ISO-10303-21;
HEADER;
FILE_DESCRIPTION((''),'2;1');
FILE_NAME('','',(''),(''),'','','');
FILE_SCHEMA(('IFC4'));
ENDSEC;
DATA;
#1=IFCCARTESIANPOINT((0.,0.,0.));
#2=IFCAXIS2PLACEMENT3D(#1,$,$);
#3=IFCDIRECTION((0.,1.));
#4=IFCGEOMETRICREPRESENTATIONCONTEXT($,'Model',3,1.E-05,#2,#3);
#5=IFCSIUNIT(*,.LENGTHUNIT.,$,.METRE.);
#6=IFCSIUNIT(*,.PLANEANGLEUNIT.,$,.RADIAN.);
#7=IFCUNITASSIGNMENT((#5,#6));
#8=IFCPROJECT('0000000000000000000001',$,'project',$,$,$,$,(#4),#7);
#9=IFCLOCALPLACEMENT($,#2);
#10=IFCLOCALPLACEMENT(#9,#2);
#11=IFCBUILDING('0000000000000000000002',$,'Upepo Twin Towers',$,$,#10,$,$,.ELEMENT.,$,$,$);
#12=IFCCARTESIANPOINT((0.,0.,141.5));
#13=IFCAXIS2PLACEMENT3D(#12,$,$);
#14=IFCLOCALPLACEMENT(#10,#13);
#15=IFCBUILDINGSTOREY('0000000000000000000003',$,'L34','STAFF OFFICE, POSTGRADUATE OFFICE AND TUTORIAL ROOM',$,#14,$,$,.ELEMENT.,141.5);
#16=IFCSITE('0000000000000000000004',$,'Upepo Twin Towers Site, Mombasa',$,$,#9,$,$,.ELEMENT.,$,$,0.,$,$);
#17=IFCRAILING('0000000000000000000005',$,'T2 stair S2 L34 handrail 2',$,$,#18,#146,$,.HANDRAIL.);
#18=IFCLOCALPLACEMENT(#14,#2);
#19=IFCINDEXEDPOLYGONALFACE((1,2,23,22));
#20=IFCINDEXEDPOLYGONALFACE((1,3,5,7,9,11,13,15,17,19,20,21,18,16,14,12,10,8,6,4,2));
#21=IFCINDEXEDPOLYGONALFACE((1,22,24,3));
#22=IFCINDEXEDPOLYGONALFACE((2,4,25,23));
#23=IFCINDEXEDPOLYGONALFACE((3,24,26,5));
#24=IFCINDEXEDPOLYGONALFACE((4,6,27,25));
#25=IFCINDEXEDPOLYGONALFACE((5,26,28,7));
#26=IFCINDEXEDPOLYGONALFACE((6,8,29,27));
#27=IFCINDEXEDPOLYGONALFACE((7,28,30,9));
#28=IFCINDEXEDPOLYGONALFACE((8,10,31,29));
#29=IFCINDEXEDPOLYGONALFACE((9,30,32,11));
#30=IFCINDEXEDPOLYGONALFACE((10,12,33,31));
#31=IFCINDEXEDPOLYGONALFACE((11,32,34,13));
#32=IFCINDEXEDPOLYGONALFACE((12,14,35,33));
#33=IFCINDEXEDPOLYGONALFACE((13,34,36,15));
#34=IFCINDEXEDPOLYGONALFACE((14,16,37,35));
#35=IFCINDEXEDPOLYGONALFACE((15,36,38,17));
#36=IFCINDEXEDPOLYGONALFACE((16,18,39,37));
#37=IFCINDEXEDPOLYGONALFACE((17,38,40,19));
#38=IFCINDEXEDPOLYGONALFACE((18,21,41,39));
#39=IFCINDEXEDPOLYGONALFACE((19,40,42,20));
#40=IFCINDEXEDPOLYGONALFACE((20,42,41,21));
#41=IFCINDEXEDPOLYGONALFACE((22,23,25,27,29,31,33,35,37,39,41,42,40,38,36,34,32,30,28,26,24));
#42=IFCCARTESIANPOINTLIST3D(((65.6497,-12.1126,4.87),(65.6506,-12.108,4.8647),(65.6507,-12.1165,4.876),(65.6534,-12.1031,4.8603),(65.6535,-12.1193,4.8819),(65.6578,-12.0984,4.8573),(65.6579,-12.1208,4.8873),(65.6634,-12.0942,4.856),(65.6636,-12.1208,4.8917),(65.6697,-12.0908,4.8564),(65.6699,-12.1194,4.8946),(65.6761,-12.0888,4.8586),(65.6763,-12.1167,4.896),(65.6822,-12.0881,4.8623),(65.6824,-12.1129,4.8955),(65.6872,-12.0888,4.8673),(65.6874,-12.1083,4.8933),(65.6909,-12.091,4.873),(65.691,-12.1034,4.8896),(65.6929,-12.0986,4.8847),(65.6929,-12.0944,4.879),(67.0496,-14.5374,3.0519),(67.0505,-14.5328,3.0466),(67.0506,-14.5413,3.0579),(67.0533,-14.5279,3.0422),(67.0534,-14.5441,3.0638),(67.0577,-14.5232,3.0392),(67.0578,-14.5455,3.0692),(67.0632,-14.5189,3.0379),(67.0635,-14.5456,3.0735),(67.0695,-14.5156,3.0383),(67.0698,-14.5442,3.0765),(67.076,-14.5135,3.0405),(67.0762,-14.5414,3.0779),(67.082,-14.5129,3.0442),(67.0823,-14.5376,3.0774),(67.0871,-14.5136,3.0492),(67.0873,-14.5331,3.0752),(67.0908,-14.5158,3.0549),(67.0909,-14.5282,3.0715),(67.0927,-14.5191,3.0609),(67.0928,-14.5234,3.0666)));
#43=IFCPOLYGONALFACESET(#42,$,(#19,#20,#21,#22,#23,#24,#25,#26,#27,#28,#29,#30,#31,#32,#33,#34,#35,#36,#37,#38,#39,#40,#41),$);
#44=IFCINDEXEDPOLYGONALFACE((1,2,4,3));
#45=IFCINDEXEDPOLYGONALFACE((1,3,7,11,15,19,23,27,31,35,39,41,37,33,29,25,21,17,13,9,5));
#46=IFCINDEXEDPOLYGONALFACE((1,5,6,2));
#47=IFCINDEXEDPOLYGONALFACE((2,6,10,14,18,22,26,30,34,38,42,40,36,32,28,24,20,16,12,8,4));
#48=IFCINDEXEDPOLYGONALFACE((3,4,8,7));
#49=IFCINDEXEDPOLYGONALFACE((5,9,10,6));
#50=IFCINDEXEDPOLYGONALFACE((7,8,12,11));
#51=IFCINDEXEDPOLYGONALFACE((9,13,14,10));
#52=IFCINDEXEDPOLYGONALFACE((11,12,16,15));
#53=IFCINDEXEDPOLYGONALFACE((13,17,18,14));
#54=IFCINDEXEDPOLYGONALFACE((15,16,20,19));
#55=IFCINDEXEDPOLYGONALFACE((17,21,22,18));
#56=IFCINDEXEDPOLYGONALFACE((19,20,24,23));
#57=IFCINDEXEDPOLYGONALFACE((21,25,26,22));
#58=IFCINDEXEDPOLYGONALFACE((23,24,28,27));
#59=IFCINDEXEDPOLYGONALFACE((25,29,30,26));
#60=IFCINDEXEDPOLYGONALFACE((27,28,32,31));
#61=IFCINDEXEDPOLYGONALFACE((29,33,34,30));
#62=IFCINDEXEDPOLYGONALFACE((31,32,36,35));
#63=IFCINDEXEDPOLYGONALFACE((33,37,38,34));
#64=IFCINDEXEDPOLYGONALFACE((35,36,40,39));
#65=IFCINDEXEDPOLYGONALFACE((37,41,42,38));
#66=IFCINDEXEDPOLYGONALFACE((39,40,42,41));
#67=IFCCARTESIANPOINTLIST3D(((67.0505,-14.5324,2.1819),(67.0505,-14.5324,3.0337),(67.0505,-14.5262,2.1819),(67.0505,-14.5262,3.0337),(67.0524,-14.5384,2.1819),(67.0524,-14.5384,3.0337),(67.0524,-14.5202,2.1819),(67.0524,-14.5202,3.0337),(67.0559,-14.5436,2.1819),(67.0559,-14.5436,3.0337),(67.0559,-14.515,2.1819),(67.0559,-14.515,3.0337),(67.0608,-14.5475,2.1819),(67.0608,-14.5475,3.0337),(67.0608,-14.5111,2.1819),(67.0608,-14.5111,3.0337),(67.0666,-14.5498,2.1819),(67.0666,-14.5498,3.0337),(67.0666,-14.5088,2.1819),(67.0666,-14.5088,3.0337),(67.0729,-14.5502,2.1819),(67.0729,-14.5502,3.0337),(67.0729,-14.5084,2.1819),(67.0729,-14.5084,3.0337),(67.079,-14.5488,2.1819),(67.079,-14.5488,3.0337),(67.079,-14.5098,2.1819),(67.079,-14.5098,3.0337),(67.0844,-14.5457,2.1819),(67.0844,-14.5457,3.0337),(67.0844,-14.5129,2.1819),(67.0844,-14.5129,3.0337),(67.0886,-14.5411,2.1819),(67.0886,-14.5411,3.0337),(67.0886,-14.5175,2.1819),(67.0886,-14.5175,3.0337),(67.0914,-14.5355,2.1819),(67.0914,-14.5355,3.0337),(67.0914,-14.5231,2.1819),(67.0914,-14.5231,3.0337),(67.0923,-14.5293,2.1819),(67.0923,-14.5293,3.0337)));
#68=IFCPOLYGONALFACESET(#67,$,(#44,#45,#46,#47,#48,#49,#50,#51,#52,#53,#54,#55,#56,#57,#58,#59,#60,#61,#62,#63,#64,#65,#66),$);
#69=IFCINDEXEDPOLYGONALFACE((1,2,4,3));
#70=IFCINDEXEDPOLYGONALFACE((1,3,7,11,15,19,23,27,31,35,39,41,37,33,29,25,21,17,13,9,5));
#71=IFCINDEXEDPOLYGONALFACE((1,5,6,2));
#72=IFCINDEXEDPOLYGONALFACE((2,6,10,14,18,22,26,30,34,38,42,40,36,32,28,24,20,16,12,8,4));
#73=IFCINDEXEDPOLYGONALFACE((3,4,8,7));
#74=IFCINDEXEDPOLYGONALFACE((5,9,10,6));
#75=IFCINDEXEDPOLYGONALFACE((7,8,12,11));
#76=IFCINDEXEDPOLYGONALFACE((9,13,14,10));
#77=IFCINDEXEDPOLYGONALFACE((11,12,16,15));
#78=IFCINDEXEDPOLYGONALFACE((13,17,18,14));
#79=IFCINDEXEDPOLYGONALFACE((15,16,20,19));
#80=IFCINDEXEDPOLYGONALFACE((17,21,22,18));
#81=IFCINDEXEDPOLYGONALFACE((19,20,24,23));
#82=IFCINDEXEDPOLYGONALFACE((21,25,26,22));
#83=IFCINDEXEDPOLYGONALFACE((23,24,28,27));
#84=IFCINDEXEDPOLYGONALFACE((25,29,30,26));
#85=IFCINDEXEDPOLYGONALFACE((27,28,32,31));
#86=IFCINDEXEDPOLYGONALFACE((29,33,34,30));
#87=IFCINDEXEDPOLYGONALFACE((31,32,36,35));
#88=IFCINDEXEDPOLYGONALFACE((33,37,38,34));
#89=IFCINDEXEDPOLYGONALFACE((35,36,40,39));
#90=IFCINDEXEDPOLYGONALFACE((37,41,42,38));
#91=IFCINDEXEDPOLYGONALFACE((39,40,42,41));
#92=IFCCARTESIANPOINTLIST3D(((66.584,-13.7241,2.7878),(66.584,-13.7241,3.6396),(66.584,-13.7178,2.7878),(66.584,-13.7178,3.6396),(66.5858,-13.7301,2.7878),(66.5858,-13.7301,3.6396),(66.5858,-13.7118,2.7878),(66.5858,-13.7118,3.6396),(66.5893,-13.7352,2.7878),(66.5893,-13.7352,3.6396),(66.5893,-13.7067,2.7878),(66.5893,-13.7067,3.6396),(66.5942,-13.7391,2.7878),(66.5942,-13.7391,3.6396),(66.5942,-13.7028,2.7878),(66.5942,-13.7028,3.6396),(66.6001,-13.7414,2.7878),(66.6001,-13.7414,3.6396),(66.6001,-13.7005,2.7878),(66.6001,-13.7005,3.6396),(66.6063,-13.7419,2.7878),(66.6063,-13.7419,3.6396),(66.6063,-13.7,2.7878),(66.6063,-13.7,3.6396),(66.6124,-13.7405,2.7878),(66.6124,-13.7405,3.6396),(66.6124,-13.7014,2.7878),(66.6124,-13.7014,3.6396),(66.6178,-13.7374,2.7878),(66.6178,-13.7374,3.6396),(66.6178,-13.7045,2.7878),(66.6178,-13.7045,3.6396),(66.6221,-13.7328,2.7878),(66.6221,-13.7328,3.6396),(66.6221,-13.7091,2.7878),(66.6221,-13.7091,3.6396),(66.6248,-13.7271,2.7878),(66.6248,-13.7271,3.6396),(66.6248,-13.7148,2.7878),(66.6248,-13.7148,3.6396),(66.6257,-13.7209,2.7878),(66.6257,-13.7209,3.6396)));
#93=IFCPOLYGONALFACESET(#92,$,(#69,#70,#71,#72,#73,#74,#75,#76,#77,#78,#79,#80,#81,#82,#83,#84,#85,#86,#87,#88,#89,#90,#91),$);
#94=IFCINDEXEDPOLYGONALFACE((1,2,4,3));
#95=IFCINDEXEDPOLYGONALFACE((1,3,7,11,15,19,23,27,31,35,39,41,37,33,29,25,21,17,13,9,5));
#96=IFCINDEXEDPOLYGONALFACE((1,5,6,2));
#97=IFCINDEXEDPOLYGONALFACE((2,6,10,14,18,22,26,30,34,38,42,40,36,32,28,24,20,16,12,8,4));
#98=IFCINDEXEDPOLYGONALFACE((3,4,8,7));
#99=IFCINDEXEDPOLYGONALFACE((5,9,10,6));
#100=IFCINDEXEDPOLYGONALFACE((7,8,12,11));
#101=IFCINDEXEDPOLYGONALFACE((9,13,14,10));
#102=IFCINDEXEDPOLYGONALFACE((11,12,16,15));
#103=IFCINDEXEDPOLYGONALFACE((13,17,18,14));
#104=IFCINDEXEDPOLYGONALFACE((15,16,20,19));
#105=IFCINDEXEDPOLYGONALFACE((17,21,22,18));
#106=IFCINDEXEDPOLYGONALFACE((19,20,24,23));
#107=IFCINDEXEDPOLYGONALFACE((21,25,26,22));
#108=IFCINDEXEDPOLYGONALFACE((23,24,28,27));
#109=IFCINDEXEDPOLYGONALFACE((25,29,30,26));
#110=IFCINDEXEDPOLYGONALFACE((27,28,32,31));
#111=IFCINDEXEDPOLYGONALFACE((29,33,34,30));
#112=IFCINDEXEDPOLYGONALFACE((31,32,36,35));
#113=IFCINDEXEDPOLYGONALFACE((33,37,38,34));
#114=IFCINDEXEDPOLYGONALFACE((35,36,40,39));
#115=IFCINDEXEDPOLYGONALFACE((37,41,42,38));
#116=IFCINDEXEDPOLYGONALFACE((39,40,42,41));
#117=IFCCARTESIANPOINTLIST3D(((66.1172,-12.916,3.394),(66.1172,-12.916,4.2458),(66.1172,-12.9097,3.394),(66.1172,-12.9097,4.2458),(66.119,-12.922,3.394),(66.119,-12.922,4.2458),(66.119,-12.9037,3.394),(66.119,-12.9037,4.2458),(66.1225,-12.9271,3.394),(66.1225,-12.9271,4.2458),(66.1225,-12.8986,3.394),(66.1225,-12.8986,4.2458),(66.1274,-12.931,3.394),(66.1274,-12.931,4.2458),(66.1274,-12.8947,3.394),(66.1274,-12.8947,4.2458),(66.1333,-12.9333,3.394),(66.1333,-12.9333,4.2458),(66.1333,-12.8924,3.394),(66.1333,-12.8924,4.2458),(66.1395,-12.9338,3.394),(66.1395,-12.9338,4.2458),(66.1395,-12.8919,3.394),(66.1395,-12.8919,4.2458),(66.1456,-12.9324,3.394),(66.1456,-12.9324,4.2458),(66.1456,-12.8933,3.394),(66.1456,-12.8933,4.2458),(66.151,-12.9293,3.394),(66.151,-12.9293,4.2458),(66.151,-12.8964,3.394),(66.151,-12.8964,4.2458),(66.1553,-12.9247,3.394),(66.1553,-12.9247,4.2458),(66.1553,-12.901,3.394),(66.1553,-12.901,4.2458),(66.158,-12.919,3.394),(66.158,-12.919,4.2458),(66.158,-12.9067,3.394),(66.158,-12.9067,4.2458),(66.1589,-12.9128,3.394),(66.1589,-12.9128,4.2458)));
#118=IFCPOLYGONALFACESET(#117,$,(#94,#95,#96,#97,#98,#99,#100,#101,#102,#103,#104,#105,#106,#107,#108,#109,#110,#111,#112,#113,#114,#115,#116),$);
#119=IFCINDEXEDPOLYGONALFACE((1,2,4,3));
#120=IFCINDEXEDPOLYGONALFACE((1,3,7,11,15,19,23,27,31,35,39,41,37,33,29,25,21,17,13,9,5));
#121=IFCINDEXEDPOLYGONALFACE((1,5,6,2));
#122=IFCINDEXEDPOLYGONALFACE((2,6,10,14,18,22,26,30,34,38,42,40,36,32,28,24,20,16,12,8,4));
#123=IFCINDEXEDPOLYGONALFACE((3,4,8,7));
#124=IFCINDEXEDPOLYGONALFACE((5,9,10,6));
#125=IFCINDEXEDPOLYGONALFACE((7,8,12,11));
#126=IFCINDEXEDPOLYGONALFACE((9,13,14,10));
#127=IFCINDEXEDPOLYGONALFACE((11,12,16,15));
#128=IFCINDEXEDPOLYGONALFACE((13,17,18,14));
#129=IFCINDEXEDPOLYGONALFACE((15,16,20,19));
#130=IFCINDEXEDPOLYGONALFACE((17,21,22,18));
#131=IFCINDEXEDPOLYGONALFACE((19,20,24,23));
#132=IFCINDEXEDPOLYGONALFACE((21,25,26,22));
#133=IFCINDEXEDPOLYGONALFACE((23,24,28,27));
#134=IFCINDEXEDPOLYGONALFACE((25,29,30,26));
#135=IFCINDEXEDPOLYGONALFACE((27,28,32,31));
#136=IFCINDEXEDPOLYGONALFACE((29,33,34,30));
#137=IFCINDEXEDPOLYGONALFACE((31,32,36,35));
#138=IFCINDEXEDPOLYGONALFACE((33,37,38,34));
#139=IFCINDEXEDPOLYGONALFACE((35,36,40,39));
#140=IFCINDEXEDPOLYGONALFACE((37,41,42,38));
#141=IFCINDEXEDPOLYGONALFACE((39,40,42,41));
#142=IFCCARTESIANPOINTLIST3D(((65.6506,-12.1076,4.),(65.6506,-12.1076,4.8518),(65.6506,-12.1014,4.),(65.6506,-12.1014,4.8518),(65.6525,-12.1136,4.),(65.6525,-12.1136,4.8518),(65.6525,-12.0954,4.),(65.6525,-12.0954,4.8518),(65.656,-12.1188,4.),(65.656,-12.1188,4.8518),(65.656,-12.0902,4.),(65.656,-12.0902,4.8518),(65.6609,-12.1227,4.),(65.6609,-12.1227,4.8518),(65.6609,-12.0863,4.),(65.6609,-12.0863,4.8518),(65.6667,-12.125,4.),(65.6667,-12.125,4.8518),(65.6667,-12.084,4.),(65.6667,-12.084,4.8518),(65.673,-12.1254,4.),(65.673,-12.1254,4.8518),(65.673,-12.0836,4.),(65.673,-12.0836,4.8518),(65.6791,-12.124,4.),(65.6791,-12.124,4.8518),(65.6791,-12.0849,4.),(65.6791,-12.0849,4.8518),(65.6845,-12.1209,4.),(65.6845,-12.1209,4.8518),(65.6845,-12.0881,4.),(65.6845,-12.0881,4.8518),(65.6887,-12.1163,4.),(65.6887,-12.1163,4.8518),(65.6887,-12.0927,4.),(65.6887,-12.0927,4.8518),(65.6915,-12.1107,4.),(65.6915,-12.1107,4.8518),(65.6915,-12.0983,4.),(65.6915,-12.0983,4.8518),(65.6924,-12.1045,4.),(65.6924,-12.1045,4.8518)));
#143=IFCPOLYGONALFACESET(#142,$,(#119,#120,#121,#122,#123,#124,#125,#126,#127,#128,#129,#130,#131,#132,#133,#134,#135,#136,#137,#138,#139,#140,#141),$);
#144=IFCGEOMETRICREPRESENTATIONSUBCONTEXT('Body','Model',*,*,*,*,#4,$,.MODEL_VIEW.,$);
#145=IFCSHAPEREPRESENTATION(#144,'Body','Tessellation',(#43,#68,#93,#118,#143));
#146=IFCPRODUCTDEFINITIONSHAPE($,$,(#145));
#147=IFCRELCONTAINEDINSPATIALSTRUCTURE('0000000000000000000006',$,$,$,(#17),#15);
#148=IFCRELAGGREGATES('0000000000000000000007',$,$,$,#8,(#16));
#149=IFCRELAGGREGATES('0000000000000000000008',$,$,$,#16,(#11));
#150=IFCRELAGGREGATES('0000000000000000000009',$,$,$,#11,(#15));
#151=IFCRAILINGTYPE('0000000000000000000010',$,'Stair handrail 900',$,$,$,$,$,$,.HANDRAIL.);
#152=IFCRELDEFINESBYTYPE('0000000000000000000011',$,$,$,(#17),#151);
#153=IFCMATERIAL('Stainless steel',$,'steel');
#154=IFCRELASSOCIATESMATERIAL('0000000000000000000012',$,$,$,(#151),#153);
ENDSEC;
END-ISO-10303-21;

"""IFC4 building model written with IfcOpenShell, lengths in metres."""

from ifc_helpers import new_model, si_unit, direction, frame, origin, origin_2d, place, context, subcontext, project, spatial, circle, extrude, material, type_object, element, save


model = new_model("IFC4")

# Units and contexts
model_context = context("Model", 3, precision=1e-05, world=origin(), true_north=direction((0.0, 1.0)))
body_context = subcontext(model_context, "Body", "Model", "MODEL_VIEW")
ifc_project = project(units=[si_unit("LENGTHUNIT", "METRE"), si_unit("PLANEANGLEUNIT", "RADIAN")], contexts=[model_context])

# Site, building, storey
site_placement = place(None, origin())
site = spatial("IfcSite", under=ifc_project, at=site_placement, Name="Upepo Twin Towers Site, Mombasa", CompositionType="ELEMENT", RefElevation=0.0)
building_placement = place(site_placement, origin())
building = spatial("IfcBuilding", under=site, at=building_placement, Name="Upepo Twin Towers", CompositionType="ELEMENT")
storey_placement = place(building_placement, frame((0.0, 0.0, 141.5)))
storey = spatial("IfcBuildingStorey", under=building, at=storey_placement, Name="L34", Description="STAFF OFFICE, POSTGRADUATE OFFICE AND TUTORIAL ROOM", CompositionType="ELEMENT", Elevation=141.5)

# Railing
ifc_material_1 = material(Name="Stainless steel", Category="steel")
railing_type = type_object("IfcRailingType", Name="Stair handrail 900", PredefinedType="HANDRAIL", material=ifc_material_1)
railing_1_placement = place(storey_placement, frame((67.0713, -14.5293, 2.1819)))
element("IfcRailing", 1, at=railing_1_placement, inside=storey, type_object=railing_type, Name="T2 stair S2 L34 handrail 2", PredefinedType="HANDRAIL", context=body_context, shape_type="SweptSolid", body=[
    extrude(circle(Radius=0.0239, at=origin_2d()), frame((0.0, 0.0, 0.876), z_axis=(-0.419333, 0.726336, 0.544606), x_axis=(-0.866035, -0.499984, 0.0)), (0.0, 0.0, 1.0), 3.3384),
    extrude(circle(Radius=0.021, at=origin_2d()), origin(), (0.0, 0.0, 1.0), 0.8518),
    extrude(circle(Radius=0.021, at=origin_2d()), frame((-0.4666, 0.8083, 0.606)), (0.0, 0.0, 1.0), 0.8518),
    extrude(circle(Radius=0.021, at=origin_2d()), frame((-0.9333, 1.6165, 1.2122)), (0.0, 0.0, 1.0), 0.8518),
    extrude(circle(Radius=0.021, at=origin_2d()), frame((-1.3999, 2.4248, 1.8181)), (0.0, 0.0, 1.0), 0.8518),
])

save(model, "model.ifc")
